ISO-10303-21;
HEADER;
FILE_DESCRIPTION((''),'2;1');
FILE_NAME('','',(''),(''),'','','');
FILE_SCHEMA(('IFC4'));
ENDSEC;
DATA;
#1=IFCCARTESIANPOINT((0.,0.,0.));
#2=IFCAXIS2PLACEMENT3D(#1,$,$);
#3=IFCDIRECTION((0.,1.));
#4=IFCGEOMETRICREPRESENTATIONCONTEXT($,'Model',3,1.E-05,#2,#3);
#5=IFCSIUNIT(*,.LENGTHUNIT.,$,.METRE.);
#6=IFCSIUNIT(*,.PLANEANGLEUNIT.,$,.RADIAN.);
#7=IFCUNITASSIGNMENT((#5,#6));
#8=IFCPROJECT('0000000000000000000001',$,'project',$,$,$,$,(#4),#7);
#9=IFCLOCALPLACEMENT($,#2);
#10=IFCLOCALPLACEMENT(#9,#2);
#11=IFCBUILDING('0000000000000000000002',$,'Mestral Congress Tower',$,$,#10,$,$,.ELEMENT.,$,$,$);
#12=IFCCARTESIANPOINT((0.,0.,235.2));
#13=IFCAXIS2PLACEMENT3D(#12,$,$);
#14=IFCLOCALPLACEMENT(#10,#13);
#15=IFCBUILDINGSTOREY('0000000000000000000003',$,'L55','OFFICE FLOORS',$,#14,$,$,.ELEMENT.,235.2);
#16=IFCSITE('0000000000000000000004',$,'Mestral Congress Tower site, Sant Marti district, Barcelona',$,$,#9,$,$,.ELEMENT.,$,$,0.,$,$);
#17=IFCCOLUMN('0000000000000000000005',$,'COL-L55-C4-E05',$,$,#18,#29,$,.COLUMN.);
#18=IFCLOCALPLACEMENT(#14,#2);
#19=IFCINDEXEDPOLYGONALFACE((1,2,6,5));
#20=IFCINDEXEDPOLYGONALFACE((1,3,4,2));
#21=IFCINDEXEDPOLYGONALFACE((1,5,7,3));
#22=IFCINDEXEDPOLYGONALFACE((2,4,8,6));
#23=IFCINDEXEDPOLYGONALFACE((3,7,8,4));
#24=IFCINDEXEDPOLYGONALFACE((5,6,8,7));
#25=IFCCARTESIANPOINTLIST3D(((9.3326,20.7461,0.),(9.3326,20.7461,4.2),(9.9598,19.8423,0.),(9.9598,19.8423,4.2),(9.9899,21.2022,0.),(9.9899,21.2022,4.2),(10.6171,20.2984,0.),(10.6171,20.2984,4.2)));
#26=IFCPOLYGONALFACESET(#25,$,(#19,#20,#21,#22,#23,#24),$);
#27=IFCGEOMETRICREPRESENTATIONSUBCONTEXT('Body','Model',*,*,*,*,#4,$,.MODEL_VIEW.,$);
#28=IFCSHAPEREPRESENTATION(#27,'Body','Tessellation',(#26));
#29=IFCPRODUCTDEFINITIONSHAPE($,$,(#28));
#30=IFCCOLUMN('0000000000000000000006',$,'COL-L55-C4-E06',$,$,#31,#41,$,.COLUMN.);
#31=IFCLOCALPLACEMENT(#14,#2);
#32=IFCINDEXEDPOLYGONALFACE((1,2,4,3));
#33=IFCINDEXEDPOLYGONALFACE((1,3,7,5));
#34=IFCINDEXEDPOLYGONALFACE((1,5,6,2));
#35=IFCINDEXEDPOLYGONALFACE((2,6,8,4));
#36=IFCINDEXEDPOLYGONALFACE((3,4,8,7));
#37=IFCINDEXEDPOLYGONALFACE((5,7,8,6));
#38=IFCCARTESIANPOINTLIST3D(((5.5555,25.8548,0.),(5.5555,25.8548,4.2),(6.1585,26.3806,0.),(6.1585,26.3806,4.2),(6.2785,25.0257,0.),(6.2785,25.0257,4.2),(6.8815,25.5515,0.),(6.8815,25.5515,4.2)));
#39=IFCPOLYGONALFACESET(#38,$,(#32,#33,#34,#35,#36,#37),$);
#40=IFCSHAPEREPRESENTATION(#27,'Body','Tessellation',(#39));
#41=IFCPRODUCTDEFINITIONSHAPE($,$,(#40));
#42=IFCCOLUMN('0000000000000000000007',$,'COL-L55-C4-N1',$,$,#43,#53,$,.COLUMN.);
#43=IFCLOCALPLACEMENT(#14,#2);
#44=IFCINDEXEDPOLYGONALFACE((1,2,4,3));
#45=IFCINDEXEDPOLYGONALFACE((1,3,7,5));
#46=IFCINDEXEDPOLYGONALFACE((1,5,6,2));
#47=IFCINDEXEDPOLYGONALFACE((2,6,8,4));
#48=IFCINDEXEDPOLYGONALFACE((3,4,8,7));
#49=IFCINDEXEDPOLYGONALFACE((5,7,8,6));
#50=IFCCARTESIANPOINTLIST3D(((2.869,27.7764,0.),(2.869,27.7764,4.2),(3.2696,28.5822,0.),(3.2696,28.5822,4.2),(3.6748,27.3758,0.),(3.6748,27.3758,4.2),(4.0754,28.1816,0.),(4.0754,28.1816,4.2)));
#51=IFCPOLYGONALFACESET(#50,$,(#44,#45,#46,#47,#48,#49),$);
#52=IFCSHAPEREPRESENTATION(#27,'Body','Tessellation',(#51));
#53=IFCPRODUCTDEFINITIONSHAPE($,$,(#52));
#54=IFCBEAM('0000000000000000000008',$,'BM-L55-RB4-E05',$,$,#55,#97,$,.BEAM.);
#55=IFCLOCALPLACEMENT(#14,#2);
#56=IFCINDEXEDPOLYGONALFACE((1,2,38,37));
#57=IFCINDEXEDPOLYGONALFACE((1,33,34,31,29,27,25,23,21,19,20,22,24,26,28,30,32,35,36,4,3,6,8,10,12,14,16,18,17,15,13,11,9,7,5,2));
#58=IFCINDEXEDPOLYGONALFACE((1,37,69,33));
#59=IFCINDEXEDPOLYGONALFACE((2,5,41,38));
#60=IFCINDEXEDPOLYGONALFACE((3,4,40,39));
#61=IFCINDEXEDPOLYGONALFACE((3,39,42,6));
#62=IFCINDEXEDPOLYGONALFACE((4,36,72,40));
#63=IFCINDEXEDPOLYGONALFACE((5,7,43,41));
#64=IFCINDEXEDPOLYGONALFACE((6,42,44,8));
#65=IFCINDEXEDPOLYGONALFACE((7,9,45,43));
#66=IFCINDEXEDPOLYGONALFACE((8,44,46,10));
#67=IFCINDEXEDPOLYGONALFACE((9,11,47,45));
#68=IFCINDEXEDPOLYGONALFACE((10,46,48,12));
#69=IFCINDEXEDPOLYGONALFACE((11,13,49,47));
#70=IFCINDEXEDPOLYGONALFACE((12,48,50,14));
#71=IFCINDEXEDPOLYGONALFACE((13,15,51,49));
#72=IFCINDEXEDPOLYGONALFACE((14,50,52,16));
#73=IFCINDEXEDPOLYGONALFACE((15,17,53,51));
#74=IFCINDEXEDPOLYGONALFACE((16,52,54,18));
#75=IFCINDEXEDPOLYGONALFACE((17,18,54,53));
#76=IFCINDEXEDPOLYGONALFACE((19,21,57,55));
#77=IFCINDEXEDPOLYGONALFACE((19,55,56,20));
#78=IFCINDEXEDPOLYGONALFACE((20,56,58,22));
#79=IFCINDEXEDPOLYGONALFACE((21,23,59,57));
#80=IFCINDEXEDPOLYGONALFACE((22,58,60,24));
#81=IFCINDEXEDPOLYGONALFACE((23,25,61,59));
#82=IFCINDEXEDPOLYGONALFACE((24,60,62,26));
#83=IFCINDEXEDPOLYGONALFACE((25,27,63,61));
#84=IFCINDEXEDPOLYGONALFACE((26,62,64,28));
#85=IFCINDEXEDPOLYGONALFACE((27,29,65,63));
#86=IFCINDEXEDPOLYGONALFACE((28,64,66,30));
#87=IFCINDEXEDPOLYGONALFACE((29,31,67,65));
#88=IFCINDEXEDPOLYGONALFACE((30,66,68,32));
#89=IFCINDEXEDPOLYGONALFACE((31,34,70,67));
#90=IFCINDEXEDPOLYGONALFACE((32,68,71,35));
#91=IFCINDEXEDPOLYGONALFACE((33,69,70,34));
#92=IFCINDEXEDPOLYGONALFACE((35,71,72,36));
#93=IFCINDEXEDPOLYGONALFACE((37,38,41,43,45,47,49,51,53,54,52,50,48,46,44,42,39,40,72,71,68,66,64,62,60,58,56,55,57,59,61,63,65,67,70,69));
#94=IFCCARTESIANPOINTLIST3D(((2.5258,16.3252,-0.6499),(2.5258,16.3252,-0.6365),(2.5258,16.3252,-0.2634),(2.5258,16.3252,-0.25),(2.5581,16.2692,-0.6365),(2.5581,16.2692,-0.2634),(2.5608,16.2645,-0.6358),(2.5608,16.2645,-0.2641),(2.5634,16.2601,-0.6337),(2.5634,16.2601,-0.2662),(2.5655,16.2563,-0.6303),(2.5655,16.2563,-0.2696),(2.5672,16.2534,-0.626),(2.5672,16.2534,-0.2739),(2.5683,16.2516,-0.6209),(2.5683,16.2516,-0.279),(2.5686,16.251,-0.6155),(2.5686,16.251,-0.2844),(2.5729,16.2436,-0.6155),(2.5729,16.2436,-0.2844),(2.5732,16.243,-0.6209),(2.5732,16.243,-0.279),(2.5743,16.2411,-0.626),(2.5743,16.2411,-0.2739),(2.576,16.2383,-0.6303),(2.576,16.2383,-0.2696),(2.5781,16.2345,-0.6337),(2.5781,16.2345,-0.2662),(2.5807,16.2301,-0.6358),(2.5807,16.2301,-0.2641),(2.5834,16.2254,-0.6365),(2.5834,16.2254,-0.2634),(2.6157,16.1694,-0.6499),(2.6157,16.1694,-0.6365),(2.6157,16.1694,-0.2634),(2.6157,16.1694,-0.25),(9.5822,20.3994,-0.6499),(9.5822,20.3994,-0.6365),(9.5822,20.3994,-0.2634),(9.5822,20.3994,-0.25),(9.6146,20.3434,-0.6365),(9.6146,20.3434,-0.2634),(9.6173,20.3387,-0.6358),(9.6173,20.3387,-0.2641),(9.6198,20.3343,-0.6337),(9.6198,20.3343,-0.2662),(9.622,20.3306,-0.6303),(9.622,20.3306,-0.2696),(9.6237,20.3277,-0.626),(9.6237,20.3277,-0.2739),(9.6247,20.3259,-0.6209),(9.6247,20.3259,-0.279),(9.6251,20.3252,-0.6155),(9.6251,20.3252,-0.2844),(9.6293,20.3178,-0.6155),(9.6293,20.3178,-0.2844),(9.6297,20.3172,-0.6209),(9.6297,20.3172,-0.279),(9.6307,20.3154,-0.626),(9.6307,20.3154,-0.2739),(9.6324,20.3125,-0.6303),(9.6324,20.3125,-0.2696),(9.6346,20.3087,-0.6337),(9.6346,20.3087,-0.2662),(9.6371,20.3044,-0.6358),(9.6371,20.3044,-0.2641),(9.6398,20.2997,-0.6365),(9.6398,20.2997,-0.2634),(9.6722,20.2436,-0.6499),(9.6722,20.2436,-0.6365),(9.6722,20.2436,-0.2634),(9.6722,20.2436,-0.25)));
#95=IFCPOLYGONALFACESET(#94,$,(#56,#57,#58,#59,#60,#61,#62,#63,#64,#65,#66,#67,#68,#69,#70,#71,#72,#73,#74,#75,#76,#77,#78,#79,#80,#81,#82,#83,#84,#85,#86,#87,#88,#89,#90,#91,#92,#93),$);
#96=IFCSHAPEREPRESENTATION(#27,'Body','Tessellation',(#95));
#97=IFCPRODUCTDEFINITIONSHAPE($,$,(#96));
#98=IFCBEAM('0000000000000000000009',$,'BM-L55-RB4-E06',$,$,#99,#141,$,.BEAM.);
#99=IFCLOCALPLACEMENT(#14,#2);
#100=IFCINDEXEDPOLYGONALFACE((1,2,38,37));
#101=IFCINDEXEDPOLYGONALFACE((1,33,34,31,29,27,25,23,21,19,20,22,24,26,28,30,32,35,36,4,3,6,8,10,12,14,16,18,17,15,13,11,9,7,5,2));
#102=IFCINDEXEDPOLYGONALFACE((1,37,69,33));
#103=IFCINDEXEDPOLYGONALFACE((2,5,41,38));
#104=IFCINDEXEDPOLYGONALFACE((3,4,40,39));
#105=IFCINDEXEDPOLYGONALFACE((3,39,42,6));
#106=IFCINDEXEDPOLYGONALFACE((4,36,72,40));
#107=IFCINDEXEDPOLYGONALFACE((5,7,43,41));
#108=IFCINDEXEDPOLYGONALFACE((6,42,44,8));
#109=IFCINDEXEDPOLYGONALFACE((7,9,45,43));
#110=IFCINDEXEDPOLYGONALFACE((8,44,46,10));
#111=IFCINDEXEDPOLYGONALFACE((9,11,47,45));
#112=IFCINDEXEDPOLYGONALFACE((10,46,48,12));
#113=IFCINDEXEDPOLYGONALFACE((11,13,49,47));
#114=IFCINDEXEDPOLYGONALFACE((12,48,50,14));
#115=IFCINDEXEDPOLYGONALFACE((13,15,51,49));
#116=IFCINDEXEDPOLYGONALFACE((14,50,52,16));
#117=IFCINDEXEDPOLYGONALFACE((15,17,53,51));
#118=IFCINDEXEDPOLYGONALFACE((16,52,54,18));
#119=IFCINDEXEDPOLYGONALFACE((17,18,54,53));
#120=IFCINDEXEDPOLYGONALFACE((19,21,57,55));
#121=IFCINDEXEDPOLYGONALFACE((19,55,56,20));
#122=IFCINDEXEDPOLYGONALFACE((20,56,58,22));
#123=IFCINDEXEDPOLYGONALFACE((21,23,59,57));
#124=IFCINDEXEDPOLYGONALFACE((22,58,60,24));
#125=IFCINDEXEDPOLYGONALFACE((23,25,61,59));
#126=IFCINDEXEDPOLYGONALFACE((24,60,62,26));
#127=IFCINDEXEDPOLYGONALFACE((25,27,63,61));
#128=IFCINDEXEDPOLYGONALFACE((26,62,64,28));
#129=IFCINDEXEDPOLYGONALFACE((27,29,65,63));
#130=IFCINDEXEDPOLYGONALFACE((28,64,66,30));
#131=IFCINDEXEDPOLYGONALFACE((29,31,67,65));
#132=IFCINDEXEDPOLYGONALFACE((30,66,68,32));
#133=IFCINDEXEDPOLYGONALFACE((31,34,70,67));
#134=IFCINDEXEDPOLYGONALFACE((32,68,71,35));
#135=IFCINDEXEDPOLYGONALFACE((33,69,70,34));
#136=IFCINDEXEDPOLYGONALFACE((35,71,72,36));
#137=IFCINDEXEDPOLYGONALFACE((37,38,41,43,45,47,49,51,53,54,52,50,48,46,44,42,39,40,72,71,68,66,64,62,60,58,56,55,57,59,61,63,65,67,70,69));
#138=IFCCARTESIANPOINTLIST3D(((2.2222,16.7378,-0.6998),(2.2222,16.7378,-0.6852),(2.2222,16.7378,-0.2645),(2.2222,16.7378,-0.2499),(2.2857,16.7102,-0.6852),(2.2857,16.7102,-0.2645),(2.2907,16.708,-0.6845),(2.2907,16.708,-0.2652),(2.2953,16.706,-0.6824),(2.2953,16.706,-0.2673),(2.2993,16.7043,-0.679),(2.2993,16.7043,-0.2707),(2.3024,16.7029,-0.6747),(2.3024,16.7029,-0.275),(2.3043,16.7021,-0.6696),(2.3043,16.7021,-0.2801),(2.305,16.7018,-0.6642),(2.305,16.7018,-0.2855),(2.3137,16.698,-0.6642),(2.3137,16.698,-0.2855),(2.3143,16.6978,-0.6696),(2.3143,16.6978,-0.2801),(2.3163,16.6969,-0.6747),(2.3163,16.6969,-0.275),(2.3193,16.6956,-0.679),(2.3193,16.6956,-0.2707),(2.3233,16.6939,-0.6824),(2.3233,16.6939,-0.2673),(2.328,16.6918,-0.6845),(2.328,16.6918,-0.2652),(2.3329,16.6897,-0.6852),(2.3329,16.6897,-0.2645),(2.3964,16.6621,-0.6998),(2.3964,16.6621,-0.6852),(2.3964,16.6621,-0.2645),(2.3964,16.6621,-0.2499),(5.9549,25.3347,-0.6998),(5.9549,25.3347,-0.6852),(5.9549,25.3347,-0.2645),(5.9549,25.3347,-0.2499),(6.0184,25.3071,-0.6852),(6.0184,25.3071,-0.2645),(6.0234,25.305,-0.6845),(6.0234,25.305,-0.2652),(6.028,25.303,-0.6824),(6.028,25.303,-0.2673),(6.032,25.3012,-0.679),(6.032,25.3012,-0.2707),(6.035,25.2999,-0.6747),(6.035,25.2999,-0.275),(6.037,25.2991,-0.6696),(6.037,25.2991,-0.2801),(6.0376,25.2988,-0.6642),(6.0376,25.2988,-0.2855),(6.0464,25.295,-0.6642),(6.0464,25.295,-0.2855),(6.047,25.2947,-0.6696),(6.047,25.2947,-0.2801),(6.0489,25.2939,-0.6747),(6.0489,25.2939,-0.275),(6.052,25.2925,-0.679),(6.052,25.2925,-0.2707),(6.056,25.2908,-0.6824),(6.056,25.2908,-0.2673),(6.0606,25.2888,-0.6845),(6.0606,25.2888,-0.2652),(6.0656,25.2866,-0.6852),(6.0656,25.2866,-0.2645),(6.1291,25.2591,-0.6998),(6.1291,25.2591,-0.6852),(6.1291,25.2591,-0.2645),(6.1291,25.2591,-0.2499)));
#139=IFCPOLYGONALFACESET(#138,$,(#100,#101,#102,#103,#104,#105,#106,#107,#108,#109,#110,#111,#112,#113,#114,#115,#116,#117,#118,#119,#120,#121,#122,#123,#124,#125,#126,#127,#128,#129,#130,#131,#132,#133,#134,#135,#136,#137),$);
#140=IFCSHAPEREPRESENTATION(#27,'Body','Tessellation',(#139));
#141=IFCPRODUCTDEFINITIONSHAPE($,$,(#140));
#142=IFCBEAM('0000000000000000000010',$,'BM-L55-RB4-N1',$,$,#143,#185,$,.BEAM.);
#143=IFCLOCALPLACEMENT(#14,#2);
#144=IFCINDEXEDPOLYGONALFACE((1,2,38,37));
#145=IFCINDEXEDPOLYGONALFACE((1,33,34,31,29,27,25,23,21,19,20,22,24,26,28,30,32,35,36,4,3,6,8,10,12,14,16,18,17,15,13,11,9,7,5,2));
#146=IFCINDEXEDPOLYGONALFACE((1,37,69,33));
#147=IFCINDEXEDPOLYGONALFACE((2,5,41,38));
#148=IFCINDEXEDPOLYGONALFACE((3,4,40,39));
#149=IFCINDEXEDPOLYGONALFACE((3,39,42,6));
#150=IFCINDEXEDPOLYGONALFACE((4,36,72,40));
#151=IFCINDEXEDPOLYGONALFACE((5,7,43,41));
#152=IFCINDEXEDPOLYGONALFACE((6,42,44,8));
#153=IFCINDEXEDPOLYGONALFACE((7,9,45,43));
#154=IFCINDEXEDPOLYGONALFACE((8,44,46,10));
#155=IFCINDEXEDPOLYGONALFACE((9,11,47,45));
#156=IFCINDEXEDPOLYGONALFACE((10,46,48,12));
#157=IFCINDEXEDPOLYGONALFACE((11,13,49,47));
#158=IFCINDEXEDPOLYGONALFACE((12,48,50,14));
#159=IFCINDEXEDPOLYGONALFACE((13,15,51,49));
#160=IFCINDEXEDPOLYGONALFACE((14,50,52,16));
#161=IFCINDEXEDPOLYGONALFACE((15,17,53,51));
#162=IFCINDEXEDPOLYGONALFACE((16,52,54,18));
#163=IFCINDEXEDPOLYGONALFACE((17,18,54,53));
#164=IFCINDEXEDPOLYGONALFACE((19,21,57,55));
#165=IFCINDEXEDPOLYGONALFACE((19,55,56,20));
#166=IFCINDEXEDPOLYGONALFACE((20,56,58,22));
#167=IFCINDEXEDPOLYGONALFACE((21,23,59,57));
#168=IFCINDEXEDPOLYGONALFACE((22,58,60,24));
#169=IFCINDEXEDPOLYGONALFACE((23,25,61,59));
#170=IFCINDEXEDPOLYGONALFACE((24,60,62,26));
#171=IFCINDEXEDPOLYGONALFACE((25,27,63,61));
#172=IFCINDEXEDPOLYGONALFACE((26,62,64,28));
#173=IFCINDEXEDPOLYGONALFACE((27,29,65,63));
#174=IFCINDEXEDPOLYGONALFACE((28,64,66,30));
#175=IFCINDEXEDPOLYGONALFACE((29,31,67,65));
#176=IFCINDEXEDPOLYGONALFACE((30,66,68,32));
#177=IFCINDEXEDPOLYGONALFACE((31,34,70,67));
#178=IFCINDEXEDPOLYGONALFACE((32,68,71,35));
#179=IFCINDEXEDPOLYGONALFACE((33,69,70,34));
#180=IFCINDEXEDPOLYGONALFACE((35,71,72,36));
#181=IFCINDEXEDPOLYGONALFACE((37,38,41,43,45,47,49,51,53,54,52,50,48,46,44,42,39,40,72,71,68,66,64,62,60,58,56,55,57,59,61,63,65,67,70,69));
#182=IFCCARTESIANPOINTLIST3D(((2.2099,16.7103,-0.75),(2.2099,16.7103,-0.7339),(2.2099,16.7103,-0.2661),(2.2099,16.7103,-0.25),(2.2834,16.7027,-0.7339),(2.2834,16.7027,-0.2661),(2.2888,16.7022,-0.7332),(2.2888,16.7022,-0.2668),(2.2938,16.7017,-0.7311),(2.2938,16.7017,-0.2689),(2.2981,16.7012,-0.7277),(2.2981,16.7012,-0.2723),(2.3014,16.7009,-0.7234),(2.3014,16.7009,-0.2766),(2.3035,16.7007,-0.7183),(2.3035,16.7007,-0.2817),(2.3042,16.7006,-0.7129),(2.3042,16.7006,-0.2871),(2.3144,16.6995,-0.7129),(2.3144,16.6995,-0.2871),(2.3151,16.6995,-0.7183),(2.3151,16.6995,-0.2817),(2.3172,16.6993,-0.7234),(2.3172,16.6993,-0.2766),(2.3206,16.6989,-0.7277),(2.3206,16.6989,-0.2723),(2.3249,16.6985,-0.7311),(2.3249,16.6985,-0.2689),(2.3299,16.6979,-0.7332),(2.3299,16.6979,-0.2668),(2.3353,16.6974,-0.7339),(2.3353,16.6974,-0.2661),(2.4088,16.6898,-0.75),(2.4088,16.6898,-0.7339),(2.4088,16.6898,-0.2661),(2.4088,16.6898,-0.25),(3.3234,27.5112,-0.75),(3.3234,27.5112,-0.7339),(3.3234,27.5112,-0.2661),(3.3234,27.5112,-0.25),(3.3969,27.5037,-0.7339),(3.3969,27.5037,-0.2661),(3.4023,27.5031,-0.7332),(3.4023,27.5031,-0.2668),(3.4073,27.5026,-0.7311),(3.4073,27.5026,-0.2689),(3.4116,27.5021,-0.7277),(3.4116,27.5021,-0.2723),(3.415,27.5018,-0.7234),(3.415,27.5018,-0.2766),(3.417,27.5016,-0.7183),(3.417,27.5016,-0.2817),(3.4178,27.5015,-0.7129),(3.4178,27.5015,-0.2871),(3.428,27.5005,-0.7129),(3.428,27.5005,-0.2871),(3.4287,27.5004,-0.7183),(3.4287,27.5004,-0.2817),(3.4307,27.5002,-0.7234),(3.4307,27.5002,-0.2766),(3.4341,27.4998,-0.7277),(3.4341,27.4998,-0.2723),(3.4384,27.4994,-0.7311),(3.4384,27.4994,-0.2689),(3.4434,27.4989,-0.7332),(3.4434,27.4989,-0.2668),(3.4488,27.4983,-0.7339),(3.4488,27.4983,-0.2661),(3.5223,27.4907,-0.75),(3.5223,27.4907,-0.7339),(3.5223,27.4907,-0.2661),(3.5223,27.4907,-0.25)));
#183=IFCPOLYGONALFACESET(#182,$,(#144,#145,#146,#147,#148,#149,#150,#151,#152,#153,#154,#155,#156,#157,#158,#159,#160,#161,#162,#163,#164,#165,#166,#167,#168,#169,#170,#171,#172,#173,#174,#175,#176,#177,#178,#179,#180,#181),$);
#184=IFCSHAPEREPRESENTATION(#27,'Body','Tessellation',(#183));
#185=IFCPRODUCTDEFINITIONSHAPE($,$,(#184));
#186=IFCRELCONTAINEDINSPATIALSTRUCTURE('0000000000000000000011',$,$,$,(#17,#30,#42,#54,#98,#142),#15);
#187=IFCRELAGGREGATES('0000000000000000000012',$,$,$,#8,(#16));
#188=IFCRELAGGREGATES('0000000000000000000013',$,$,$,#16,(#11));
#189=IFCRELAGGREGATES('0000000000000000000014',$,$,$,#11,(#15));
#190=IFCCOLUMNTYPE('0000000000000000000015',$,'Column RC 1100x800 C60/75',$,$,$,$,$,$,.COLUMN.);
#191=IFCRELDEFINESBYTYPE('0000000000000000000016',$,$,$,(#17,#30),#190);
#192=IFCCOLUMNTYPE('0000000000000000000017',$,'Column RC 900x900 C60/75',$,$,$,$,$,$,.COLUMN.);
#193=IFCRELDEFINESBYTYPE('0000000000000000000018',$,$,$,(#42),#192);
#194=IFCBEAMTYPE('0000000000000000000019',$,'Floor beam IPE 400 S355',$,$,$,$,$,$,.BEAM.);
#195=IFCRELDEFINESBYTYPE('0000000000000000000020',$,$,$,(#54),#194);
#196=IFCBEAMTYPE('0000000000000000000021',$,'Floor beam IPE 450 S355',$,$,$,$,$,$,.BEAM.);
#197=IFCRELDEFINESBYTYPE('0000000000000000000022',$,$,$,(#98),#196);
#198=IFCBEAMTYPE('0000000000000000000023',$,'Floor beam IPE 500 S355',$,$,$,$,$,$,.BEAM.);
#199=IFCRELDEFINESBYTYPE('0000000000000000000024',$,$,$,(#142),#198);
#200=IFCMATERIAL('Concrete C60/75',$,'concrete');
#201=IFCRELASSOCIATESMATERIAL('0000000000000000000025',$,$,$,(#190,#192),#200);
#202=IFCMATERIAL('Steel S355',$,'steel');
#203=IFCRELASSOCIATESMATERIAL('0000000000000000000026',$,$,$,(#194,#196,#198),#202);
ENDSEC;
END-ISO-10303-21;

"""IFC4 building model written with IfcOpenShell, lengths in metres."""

from ifc_helpers import new_model, si_unit, direction, frame, origin, origin_2d, place, context, subcontext, project, spatial, rectangle, i_section, extrude, material, material_profile, profile_set, type_object, element, save


model = new_model("IFC4")

# Units and contexts
model_context = context("Model", 3, precision=1e-05, world=origin(), true_north=direction((0.0, 1.0)))
body_context = subcontext(model_context, "Body", "Model", "MODEL_VIEW")
ifc_project = project(units=[si_unit("LENGTHUNIT", "METRE"), si_unit("PLANEANGLEUNIT", "RADIAN")], contexts=[model_context])

# Site, building, storey
site_placement = place(None, origin())
site = spatial("IfcSite", under=ifc_project, at=site_placement, Name="Mestral Congress Tower site, Sant Marti district, Barcelona", CompositionType="ELEMENT", RefElevation=0.0)
building_placement = place(site_placement, origin())
building = spatial("IfcBuilding", under=site, at=building_placement, Name="Mestral Congress Tower", CompositionType="ELEMENT")
storey_placement = place(building_placement, frame((0.0, 0.0, 235.2)))
storey = spatial("IfcBuildingStorey", under=building, at=storey_placement, Name="L55", Description="OFFICE FLOORS", CompositionType="ELEMENT", Elevation=235.2)

# Columns
ifc_material_1 = material(Name="Concrete C60/75", Category="concrete")
ifc_material_profile_1 = material_profile(ifc_material_1, rectangle(XDim=1.1001, YDim=0.8, at=origin_2d()), Name="RC 1100x800")
ifc_profile_set_1 = profile_set([ifc_material_profile_1], Name="Concrete C60/75")
column_type_1 = type_object("IfcColumnType", Name="Column RC 1100x800 C60/75", PredefinedType="COLUMN", material=ifc_profile_set_1)
for number, where, z_axis, x_axis, name in (
    (1, (9.9749, 20.5222, 0.0), (0.0, 0.0, 1.0), (-0.570084, 0.821586, 0.0), "COL-L55-C4-E05"),
    (2, (6.2185, 25.7031, 0.0), (0.0, 0.0, 1.0), (-0.65725, 0.753672, 0.0), "COL-L55-C4-E06"),
):
    element("IfcColumn", number, at=place(storey_placement, frame(where, z_axis=z_axis, x_axis=x_axis)), inside=storey, type_object=column_type_1, Name=name, PredefinedType="COLUMN", context=body_context, shape_type="SweptSolid", body=[
        extrude(rectangle(XDim=1.1001, YDim=0.8, at=origin_2d()), origin(), (0.0, 0.0, 1.0), 4.2),
    ])
ifc_material_profile_2 = material_profile(ifc_material_1, rectangle(XDim=0.8999, YDim=0.8999, at=origin_2d()), Name="RC 900x900")
ifc_profile_set_2 = profile_set([ifc_material_profile_2], Name="Concrete C60/75")
column_type_2 = type_object("IfcColumnType", Name="Column RC 900x900 C60/75", PredefinedType="COLUMN", material=ifc_profile_set_2)
column_placement = place(storey_placement, frame((3.4722, 27.979, 0.0), z_axis=(0.0, 0.0, 1.0), x_axis=(-0.895456, 0.445149, 0.0)))
element("IfcColumn", 3, at=column_placement, inside=storey, type_object=column_type_2, Name="COL-L55-C4-N1", PredefinedType="COLUMN", context=body_context, shape_type="SweptSolid", body=[
    extrude(rectangle(XDim=0.8999, YDim=0.8999, at=origin_2d()), origin(), (0.0, 0.0, 1.0), 4.2),
])

# Beams
ifc_material_2 = material(Name="Steel S355", Category="steel")
ifc_material_profile_3 = material_profile(ifc_material_2, i_section(OverallWidth=0.1799, OverallDepth=0.3999, WebThickness=0.0085, FlangeThickness=0.0134, FilletRadius=0.021, at=origin_2d()), Name="IPE 400")
ifc_profile_set_3 = profile_set([ifc_material_profile_3], Name="Steel S355")
beam_type_1 = type_object("IfcBeamType", Name="Floor beam IPE 400 S355", PredefinedType="BEAM", material=ifc_profile_set_3)
beam_1_placement = place(storey_placement, frame((9.6272, 20.3215, -0.45), z_axis=(-0.866014, -0.500019, 0.0), x_axis=(0.500019, -0.866014, 0.0)))
element("IfcBeam", 4, at=beam_1_placement, inside=storey, type_object=beam_type_1, Name="BM-L55-RB4-E05", PredefinedType="BEAM", context=body_context, shape_type="SweptSolid", body=[
    extrude(i_section(OverallWidth=0.1799, OverallDepth=0.3999, WebThickness=0.0085, FlangeThickness=0.0134, FilletRadius=0.021, at=origin_2d()), origin(), (0.0, 0.0, 1.0), 8.1482),
])
ifc_material_profile_4 = material_profile(ifc_material_2, i_section(OverallWidth=0.1899, OverallDepth=0.45, WebThickness=0.0095, FlangeThickness=0.0146, FilletRadius=0.021, at=origin_2d()), Name="IPE 450")
ifc_profile_set_4 = profile_set([ifc_material_profile_4], Name="Steel S355")
beam_type_2 = type_object("IfcBeamType", Name="Floor beam IPE 450 S355", PredefinedType="BEAM", material=ifc_profile_set_4)
beam_2_placement = place(storey_placement, frame((6.042, 25.2969, -0.4749), z_axis=(-0.398266, -0.91727, 0.0), x_axis=(0.91727, -0.398266, 0.0)))
element("IfcBeam", 5, at=beam_2_placement, inside=storey, type_object=beam_type_2, Name="BM-L55-RB4-E06", PredefinedType="BEAM", context=body_context, shape_type="SweptSolid", body=[
    extrude(i_section(OverallWidth=0.1899, OverallDepth=0.45, WebThickness=0.0095, FlangeThickness=0.0146, FilletRadius=0.021, at=origin_2d()), origin(), (0.0, 0.0, 1.0), 9.3723),
])
ifc_material_profile_5 = material_profile(ifc_material_2, i_section(OverallWidth=0.2, OverallDepth=0.5, WebThickness=0.0103, FlangeThickness=0.0161, FilletRadius=0.021, at=origin_2d()), Name="IPE 500")
ifc_profile_set_5 = profile_set([ifc_material_profile_5], Name="Steel S355")
beam_type_3 = type_object("IfcBeamType", Name="Floor beam IPE 500 S355", PredefinedType="BEAM", material=ifc_profile_set_5)
beam_3_placement = place(storey_placement, frame((3.4229, 27.501, -0.5), z_axis=(-0.102551, -0.994728, 0.0), x_axis=(0.994728, -0.102551, 0.0)))
element("IfcBeam", 6, at=beam_3_placement, inside=storey, type_object=beam_type_3, Name="BM-L55-RB4-N1", PredefinedType="BEAM", context=body_context, shape_type="SweptSolid", body=[
    extrude(i_section(OverallWidth=0.2, OverallDepth=0.5, WebThickness=0.0103, FlangeThickness=0.0161, FilletRadius=0.021, at=origin_2d()), origin(), (0.0, 0.0, 1.0), 10.8582),
])

save(model, "model.ifc")
